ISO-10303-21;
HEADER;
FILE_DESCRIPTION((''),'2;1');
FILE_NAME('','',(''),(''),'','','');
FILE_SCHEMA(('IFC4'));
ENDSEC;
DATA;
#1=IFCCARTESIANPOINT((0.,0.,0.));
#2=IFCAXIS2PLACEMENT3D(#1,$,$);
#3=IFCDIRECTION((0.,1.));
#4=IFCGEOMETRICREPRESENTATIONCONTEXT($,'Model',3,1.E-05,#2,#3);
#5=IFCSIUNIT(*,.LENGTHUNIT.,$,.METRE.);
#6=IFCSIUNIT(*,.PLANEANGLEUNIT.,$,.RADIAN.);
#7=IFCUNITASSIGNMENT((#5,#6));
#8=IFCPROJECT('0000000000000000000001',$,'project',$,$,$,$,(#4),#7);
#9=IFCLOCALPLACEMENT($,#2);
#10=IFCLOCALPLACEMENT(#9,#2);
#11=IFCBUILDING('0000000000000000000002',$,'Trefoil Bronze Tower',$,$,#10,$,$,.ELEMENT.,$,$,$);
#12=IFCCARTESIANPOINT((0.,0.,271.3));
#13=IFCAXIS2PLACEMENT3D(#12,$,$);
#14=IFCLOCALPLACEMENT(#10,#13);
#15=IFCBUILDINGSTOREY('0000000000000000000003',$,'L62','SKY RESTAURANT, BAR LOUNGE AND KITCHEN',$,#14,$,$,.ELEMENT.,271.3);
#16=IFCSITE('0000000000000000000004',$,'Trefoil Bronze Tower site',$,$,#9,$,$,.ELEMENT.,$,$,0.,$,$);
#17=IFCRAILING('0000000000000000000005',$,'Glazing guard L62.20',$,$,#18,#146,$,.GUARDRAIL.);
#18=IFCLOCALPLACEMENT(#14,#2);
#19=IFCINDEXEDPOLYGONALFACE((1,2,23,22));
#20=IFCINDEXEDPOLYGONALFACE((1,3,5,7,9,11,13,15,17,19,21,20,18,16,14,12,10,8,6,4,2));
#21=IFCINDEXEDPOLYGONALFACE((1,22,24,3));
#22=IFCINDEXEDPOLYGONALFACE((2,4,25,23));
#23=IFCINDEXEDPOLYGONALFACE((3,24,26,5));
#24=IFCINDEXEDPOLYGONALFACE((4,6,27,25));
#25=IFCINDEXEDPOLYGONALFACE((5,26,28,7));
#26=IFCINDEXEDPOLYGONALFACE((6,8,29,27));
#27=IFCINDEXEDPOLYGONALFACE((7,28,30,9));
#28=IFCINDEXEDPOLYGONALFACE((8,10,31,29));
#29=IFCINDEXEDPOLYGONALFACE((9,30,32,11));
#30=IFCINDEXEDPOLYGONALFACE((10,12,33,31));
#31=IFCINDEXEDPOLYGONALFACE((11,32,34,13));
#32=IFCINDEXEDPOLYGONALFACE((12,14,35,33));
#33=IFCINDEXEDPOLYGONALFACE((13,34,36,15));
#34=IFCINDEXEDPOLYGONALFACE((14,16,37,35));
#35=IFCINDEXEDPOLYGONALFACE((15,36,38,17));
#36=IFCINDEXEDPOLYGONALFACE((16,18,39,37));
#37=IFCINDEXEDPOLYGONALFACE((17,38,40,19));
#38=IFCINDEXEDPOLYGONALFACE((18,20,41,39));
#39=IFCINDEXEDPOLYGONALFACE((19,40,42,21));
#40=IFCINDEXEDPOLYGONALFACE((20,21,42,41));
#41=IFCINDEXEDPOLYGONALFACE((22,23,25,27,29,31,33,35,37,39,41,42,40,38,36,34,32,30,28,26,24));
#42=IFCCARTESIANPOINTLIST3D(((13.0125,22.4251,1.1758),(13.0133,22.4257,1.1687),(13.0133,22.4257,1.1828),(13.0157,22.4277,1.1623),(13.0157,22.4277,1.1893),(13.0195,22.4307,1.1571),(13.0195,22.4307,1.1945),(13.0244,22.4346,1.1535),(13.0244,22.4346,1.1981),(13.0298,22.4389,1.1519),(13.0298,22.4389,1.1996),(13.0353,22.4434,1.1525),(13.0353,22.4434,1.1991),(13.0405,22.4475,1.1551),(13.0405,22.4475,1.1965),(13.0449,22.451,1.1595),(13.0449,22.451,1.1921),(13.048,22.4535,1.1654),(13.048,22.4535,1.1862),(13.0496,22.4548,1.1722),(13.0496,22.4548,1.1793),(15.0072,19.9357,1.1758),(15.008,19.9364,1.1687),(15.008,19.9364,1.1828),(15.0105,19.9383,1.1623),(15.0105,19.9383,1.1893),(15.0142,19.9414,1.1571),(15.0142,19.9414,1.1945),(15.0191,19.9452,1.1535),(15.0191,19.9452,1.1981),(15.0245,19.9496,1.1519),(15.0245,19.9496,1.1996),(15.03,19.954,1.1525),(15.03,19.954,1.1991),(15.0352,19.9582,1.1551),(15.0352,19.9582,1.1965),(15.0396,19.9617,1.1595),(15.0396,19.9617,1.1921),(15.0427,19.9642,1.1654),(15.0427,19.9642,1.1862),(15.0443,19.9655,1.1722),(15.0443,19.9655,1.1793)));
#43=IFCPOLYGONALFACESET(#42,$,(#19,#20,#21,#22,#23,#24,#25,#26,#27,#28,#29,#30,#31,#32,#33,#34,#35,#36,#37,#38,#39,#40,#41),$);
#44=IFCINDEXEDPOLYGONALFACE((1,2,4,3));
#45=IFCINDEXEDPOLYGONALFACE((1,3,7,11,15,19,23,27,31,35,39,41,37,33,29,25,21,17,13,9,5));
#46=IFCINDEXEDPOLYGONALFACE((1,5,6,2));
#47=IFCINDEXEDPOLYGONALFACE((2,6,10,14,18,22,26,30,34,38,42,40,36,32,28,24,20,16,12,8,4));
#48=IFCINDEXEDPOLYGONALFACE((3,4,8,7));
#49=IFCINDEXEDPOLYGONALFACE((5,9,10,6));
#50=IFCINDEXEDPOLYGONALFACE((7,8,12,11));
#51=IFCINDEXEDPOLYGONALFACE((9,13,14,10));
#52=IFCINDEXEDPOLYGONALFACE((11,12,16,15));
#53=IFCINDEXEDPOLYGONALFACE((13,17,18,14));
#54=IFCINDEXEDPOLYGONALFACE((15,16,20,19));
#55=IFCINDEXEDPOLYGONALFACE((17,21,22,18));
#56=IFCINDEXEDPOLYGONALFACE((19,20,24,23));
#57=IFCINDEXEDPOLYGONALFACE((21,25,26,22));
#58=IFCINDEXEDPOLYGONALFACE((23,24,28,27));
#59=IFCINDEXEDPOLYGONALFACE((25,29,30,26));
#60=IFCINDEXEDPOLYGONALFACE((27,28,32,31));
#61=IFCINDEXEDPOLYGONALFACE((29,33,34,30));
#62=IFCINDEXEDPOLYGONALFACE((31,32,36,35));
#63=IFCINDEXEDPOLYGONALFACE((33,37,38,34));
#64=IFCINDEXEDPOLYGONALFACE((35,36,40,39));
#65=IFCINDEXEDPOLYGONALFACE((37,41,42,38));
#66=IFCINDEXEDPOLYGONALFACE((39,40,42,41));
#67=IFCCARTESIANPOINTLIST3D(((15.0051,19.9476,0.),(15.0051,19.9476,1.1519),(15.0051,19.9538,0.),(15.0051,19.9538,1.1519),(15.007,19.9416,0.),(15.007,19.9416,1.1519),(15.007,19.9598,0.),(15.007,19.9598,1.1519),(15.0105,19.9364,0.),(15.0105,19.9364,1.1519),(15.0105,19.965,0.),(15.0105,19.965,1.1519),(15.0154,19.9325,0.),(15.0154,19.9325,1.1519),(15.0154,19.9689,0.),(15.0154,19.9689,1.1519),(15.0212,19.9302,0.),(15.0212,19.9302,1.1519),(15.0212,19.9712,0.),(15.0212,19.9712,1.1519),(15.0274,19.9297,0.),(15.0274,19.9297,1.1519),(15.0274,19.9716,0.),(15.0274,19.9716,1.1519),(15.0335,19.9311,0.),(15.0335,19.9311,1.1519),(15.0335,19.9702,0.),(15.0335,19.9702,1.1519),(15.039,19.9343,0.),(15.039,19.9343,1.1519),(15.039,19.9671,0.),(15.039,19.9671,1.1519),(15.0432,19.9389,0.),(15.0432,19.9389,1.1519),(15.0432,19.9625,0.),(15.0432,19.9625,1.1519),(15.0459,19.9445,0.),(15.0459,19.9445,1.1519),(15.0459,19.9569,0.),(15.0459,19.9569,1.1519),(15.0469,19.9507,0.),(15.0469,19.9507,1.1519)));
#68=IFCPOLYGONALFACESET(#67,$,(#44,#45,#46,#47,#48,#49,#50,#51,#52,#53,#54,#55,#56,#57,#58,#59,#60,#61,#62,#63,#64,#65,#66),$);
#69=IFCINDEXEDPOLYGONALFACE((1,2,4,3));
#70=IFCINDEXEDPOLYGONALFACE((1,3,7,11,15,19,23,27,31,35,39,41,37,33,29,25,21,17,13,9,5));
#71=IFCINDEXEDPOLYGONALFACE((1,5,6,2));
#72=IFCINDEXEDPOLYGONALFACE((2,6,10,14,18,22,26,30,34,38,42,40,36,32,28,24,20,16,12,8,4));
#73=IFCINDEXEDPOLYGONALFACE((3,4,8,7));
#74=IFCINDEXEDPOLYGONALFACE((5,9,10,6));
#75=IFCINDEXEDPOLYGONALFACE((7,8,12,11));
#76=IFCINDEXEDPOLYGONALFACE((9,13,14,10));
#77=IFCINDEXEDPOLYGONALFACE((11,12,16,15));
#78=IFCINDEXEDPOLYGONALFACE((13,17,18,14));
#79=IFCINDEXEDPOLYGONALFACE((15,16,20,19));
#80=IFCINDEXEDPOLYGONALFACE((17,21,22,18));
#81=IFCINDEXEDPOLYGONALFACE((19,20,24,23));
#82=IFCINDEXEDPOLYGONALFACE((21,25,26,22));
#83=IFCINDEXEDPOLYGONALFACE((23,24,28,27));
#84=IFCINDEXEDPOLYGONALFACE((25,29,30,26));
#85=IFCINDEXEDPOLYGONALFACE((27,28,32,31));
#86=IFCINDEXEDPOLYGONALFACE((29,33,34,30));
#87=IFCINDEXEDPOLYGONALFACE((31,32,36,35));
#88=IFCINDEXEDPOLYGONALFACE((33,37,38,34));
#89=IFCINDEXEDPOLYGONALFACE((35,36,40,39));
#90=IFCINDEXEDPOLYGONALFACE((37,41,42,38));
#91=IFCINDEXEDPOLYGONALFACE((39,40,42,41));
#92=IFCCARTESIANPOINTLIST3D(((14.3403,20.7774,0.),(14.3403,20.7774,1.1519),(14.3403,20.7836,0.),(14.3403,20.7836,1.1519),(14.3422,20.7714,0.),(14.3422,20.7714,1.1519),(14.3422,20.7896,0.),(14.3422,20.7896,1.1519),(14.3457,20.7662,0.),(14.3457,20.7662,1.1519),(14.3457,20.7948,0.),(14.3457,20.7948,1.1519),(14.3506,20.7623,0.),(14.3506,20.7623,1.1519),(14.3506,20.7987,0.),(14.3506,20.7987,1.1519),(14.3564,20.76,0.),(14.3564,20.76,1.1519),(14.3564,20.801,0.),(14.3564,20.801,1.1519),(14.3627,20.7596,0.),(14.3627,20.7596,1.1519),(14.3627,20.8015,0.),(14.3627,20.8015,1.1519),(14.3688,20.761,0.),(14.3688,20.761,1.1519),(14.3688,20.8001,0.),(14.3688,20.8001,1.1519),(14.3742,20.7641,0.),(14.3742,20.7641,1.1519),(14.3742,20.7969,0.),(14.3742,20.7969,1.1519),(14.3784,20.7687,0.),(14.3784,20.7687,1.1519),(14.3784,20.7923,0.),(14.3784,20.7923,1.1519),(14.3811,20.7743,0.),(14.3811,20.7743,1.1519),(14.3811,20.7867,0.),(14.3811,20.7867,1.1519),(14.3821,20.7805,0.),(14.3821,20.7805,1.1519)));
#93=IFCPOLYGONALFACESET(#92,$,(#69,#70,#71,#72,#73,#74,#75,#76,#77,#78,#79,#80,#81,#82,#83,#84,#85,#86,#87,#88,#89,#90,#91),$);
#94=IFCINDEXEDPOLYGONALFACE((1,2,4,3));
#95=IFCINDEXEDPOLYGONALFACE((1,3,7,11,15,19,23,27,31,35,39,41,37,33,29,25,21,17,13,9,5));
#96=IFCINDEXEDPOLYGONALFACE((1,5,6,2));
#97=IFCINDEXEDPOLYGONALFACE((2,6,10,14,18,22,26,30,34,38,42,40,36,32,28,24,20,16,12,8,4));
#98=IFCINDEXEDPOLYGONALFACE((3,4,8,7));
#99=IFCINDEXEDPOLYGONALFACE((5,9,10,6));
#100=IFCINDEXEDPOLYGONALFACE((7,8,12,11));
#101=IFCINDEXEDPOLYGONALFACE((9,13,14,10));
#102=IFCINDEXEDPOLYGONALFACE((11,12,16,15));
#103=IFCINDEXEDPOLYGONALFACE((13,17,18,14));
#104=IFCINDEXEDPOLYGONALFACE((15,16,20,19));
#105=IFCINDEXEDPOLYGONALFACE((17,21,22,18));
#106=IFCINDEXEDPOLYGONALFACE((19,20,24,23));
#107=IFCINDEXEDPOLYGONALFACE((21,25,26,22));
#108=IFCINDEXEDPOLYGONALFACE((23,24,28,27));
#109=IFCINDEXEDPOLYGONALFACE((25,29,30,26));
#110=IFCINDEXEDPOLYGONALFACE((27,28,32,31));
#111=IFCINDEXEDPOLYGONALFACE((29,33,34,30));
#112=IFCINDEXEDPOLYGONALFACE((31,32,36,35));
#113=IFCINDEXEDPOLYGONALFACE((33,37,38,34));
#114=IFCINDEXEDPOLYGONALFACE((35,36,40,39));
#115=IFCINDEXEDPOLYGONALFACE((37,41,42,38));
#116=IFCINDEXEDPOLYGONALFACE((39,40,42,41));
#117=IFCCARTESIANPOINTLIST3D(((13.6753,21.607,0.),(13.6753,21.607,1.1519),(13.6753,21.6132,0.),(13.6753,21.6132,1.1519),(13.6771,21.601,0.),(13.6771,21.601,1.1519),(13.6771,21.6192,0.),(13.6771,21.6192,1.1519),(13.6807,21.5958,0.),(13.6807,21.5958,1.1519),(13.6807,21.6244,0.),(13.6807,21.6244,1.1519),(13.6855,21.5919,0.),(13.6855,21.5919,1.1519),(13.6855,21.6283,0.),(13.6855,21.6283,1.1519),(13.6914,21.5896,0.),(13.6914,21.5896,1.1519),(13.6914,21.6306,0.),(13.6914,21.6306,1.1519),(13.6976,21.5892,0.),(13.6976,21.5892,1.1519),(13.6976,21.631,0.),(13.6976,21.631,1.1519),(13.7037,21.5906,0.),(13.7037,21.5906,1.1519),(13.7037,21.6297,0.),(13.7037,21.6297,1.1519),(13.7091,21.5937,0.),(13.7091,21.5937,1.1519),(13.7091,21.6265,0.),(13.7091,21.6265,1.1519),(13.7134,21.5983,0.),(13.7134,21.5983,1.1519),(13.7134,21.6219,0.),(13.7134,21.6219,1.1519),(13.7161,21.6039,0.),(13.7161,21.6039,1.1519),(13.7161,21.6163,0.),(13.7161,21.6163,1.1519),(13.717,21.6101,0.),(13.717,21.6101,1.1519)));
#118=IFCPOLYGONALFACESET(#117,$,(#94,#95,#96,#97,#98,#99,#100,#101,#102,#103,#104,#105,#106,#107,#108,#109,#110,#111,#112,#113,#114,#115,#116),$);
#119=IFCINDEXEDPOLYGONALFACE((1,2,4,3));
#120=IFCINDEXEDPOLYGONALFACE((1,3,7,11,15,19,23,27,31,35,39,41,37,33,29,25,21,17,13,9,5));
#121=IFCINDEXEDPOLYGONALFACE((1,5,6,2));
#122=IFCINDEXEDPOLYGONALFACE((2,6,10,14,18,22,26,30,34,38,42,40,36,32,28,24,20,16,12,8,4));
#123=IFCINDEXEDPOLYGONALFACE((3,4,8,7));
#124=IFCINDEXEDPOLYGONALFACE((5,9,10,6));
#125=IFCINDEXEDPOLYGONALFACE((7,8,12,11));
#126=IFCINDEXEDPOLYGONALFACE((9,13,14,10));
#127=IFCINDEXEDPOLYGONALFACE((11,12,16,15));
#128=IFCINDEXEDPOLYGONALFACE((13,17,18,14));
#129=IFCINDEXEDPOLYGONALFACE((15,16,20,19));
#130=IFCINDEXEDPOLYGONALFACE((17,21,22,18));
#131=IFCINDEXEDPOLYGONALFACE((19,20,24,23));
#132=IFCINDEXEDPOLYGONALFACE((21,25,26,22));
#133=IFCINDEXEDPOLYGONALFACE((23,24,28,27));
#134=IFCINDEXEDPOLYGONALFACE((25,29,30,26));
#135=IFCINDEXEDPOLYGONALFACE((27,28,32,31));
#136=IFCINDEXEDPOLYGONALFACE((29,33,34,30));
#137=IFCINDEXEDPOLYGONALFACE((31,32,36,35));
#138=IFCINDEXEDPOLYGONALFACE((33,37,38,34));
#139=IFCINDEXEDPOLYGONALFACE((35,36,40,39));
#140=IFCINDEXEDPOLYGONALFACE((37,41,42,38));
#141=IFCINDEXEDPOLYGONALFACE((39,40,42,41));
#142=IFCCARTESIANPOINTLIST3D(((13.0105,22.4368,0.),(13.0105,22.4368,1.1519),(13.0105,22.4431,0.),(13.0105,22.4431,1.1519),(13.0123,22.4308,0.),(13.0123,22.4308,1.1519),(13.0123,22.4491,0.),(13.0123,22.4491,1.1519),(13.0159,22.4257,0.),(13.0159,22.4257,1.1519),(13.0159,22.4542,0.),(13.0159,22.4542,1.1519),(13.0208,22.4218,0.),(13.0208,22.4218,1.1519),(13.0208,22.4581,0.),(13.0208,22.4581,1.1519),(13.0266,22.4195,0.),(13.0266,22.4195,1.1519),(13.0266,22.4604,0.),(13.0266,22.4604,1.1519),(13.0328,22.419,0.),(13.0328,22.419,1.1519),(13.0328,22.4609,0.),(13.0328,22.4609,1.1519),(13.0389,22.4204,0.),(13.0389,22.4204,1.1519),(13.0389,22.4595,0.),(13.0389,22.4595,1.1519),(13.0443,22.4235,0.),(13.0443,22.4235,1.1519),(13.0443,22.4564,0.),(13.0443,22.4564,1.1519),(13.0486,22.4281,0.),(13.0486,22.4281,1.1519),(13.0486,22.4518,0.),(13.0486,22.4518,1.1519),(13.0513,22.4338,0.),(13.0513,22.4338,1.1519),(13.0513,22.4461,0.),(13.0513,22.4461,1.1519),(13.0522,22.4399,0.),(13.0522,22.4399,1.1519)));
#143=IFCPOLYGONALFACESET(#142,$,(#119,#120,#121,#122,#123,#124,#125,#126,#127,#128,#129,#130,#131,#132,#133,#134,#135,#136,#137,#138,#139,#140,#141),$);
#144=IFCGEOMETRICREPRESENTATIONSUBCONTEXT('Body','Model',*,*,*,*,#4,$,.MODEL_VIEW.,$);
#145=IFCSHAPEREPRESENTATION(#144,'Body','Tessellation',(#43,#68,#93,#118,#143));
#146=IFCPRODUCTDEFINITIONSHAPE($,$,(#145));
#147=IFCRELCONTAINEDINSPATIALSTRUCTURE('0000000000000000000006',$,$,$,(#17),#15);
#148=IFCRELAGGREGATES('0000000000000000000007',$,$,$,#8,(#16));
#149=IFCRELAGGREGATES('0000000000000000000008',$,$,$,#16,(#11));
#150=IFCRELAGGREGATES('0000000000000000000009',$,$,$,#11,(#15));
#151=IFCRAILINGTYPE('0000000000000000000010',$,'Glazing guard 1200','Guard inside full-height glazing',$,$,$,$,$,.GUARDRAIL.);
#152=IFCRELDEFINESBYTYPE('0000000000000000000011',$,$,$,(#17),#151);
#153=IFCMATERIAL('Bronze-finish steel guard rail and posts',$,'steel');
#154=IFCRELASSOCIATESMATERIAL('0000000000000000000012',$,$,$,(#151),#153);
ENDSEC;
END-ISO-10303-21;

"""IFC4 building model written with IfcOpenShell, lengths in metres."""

from ifc_helpers import new_model, si_unit, direction, frame, origin, origin_2d, place, context, subcontext, project, spatial, circle, extrude, material, type_object, element, save


model = new_model("IFC4")

# Units and contexts
model_context = context("Model", 3, precision=1e-05, world=origin(), true_north=direction((0.0, 1.0)))
body_context = subcontext(model_context, "Body", "Model", "MODEL_VIEW")
ifc_project = project(units=[si_unit("LENGTHUNIT", "METRE"), si_unit("PLANEANGLEUNIT", "RADIAN")], contexts=[model_context])

# Site, building, storey
site_placement = place(None, origin())
site = spatial("IfcSite", under=ifc_project, at=site_placement, Name="Trefoil Bronze Tower site", CompositionType="ELEMENT", RefElevation=0.0)
building_placement = place(site_placement, origin())
building = spatial("IfcBuilding", under=site, at=building_placement, Name="Trefoil Bronze Tower", CompositionType="ELEMENT")
storey_placement = place(building_placement, frame((0.0, 0.0, 271.3)))
storey = spatial("IfcBuildingStorey", under=building, at=storey_placement, Name="L62", Description="SKY RESTAURANT, BAR LOUNGE AND KITCHEN", CompositionType="ELEMENT", Elevation=271.3)

# Railing
ifc_material_1 = material(Name="Bronze-finish steel guard rail and posts", Category="steel")
railing_type_1 = type_object("IfcRailingType", Name="Glazing guard 1200", Description="Guard inside full-height glazing", PredefinedType="GUARDRAIL", material=ifc_material_1)
railing_1_placement = place(storey_placement, frame((15.0259, 19.9507, 0.0)))
element("IfcRailing", 1, at=railing_1_placement, inside=storey, type_object=railing_type_1, Name="Glazing guard L62.20", PredefinedType="GUARDRAIL", context=body_context, shape_type="SweptSolid", body=[
    extrude(circle(Radius=0.0239, at=origin_2d()), frame((0.0, 0.0, 1.1758), z_axis=(-0.625311, 0.780376, 0.0), x_axis=(-0.780376, -0.625311, 0.0)), (0.0, 0.0, 1.0), 3.1899),
    extrude(circle(Radius=0.021, at=origin_2d()), origin(), (0.0, 0.0, 1.0), 1.1519),
    extrude(circle(Radius=0.021, at=origin_2d()), frame((-0.6648, 0.8298, 0.0)), (0.0, 0.0, 1.0), 1.1519),
    extrude(circle(Radius=0.021, at=origin_2d()), frame((-1.3298, 1.6594, 0.0)), (0.0, 0.0, 1.0), 1.1519),
    extrude(circle(Radius=0.021, at=origin_2d()), frame((-1.9946, 2.4893, 0.0)), (0.0, 0.0, 1.0), 1.1519),
])

save(model, "model.ifc")
